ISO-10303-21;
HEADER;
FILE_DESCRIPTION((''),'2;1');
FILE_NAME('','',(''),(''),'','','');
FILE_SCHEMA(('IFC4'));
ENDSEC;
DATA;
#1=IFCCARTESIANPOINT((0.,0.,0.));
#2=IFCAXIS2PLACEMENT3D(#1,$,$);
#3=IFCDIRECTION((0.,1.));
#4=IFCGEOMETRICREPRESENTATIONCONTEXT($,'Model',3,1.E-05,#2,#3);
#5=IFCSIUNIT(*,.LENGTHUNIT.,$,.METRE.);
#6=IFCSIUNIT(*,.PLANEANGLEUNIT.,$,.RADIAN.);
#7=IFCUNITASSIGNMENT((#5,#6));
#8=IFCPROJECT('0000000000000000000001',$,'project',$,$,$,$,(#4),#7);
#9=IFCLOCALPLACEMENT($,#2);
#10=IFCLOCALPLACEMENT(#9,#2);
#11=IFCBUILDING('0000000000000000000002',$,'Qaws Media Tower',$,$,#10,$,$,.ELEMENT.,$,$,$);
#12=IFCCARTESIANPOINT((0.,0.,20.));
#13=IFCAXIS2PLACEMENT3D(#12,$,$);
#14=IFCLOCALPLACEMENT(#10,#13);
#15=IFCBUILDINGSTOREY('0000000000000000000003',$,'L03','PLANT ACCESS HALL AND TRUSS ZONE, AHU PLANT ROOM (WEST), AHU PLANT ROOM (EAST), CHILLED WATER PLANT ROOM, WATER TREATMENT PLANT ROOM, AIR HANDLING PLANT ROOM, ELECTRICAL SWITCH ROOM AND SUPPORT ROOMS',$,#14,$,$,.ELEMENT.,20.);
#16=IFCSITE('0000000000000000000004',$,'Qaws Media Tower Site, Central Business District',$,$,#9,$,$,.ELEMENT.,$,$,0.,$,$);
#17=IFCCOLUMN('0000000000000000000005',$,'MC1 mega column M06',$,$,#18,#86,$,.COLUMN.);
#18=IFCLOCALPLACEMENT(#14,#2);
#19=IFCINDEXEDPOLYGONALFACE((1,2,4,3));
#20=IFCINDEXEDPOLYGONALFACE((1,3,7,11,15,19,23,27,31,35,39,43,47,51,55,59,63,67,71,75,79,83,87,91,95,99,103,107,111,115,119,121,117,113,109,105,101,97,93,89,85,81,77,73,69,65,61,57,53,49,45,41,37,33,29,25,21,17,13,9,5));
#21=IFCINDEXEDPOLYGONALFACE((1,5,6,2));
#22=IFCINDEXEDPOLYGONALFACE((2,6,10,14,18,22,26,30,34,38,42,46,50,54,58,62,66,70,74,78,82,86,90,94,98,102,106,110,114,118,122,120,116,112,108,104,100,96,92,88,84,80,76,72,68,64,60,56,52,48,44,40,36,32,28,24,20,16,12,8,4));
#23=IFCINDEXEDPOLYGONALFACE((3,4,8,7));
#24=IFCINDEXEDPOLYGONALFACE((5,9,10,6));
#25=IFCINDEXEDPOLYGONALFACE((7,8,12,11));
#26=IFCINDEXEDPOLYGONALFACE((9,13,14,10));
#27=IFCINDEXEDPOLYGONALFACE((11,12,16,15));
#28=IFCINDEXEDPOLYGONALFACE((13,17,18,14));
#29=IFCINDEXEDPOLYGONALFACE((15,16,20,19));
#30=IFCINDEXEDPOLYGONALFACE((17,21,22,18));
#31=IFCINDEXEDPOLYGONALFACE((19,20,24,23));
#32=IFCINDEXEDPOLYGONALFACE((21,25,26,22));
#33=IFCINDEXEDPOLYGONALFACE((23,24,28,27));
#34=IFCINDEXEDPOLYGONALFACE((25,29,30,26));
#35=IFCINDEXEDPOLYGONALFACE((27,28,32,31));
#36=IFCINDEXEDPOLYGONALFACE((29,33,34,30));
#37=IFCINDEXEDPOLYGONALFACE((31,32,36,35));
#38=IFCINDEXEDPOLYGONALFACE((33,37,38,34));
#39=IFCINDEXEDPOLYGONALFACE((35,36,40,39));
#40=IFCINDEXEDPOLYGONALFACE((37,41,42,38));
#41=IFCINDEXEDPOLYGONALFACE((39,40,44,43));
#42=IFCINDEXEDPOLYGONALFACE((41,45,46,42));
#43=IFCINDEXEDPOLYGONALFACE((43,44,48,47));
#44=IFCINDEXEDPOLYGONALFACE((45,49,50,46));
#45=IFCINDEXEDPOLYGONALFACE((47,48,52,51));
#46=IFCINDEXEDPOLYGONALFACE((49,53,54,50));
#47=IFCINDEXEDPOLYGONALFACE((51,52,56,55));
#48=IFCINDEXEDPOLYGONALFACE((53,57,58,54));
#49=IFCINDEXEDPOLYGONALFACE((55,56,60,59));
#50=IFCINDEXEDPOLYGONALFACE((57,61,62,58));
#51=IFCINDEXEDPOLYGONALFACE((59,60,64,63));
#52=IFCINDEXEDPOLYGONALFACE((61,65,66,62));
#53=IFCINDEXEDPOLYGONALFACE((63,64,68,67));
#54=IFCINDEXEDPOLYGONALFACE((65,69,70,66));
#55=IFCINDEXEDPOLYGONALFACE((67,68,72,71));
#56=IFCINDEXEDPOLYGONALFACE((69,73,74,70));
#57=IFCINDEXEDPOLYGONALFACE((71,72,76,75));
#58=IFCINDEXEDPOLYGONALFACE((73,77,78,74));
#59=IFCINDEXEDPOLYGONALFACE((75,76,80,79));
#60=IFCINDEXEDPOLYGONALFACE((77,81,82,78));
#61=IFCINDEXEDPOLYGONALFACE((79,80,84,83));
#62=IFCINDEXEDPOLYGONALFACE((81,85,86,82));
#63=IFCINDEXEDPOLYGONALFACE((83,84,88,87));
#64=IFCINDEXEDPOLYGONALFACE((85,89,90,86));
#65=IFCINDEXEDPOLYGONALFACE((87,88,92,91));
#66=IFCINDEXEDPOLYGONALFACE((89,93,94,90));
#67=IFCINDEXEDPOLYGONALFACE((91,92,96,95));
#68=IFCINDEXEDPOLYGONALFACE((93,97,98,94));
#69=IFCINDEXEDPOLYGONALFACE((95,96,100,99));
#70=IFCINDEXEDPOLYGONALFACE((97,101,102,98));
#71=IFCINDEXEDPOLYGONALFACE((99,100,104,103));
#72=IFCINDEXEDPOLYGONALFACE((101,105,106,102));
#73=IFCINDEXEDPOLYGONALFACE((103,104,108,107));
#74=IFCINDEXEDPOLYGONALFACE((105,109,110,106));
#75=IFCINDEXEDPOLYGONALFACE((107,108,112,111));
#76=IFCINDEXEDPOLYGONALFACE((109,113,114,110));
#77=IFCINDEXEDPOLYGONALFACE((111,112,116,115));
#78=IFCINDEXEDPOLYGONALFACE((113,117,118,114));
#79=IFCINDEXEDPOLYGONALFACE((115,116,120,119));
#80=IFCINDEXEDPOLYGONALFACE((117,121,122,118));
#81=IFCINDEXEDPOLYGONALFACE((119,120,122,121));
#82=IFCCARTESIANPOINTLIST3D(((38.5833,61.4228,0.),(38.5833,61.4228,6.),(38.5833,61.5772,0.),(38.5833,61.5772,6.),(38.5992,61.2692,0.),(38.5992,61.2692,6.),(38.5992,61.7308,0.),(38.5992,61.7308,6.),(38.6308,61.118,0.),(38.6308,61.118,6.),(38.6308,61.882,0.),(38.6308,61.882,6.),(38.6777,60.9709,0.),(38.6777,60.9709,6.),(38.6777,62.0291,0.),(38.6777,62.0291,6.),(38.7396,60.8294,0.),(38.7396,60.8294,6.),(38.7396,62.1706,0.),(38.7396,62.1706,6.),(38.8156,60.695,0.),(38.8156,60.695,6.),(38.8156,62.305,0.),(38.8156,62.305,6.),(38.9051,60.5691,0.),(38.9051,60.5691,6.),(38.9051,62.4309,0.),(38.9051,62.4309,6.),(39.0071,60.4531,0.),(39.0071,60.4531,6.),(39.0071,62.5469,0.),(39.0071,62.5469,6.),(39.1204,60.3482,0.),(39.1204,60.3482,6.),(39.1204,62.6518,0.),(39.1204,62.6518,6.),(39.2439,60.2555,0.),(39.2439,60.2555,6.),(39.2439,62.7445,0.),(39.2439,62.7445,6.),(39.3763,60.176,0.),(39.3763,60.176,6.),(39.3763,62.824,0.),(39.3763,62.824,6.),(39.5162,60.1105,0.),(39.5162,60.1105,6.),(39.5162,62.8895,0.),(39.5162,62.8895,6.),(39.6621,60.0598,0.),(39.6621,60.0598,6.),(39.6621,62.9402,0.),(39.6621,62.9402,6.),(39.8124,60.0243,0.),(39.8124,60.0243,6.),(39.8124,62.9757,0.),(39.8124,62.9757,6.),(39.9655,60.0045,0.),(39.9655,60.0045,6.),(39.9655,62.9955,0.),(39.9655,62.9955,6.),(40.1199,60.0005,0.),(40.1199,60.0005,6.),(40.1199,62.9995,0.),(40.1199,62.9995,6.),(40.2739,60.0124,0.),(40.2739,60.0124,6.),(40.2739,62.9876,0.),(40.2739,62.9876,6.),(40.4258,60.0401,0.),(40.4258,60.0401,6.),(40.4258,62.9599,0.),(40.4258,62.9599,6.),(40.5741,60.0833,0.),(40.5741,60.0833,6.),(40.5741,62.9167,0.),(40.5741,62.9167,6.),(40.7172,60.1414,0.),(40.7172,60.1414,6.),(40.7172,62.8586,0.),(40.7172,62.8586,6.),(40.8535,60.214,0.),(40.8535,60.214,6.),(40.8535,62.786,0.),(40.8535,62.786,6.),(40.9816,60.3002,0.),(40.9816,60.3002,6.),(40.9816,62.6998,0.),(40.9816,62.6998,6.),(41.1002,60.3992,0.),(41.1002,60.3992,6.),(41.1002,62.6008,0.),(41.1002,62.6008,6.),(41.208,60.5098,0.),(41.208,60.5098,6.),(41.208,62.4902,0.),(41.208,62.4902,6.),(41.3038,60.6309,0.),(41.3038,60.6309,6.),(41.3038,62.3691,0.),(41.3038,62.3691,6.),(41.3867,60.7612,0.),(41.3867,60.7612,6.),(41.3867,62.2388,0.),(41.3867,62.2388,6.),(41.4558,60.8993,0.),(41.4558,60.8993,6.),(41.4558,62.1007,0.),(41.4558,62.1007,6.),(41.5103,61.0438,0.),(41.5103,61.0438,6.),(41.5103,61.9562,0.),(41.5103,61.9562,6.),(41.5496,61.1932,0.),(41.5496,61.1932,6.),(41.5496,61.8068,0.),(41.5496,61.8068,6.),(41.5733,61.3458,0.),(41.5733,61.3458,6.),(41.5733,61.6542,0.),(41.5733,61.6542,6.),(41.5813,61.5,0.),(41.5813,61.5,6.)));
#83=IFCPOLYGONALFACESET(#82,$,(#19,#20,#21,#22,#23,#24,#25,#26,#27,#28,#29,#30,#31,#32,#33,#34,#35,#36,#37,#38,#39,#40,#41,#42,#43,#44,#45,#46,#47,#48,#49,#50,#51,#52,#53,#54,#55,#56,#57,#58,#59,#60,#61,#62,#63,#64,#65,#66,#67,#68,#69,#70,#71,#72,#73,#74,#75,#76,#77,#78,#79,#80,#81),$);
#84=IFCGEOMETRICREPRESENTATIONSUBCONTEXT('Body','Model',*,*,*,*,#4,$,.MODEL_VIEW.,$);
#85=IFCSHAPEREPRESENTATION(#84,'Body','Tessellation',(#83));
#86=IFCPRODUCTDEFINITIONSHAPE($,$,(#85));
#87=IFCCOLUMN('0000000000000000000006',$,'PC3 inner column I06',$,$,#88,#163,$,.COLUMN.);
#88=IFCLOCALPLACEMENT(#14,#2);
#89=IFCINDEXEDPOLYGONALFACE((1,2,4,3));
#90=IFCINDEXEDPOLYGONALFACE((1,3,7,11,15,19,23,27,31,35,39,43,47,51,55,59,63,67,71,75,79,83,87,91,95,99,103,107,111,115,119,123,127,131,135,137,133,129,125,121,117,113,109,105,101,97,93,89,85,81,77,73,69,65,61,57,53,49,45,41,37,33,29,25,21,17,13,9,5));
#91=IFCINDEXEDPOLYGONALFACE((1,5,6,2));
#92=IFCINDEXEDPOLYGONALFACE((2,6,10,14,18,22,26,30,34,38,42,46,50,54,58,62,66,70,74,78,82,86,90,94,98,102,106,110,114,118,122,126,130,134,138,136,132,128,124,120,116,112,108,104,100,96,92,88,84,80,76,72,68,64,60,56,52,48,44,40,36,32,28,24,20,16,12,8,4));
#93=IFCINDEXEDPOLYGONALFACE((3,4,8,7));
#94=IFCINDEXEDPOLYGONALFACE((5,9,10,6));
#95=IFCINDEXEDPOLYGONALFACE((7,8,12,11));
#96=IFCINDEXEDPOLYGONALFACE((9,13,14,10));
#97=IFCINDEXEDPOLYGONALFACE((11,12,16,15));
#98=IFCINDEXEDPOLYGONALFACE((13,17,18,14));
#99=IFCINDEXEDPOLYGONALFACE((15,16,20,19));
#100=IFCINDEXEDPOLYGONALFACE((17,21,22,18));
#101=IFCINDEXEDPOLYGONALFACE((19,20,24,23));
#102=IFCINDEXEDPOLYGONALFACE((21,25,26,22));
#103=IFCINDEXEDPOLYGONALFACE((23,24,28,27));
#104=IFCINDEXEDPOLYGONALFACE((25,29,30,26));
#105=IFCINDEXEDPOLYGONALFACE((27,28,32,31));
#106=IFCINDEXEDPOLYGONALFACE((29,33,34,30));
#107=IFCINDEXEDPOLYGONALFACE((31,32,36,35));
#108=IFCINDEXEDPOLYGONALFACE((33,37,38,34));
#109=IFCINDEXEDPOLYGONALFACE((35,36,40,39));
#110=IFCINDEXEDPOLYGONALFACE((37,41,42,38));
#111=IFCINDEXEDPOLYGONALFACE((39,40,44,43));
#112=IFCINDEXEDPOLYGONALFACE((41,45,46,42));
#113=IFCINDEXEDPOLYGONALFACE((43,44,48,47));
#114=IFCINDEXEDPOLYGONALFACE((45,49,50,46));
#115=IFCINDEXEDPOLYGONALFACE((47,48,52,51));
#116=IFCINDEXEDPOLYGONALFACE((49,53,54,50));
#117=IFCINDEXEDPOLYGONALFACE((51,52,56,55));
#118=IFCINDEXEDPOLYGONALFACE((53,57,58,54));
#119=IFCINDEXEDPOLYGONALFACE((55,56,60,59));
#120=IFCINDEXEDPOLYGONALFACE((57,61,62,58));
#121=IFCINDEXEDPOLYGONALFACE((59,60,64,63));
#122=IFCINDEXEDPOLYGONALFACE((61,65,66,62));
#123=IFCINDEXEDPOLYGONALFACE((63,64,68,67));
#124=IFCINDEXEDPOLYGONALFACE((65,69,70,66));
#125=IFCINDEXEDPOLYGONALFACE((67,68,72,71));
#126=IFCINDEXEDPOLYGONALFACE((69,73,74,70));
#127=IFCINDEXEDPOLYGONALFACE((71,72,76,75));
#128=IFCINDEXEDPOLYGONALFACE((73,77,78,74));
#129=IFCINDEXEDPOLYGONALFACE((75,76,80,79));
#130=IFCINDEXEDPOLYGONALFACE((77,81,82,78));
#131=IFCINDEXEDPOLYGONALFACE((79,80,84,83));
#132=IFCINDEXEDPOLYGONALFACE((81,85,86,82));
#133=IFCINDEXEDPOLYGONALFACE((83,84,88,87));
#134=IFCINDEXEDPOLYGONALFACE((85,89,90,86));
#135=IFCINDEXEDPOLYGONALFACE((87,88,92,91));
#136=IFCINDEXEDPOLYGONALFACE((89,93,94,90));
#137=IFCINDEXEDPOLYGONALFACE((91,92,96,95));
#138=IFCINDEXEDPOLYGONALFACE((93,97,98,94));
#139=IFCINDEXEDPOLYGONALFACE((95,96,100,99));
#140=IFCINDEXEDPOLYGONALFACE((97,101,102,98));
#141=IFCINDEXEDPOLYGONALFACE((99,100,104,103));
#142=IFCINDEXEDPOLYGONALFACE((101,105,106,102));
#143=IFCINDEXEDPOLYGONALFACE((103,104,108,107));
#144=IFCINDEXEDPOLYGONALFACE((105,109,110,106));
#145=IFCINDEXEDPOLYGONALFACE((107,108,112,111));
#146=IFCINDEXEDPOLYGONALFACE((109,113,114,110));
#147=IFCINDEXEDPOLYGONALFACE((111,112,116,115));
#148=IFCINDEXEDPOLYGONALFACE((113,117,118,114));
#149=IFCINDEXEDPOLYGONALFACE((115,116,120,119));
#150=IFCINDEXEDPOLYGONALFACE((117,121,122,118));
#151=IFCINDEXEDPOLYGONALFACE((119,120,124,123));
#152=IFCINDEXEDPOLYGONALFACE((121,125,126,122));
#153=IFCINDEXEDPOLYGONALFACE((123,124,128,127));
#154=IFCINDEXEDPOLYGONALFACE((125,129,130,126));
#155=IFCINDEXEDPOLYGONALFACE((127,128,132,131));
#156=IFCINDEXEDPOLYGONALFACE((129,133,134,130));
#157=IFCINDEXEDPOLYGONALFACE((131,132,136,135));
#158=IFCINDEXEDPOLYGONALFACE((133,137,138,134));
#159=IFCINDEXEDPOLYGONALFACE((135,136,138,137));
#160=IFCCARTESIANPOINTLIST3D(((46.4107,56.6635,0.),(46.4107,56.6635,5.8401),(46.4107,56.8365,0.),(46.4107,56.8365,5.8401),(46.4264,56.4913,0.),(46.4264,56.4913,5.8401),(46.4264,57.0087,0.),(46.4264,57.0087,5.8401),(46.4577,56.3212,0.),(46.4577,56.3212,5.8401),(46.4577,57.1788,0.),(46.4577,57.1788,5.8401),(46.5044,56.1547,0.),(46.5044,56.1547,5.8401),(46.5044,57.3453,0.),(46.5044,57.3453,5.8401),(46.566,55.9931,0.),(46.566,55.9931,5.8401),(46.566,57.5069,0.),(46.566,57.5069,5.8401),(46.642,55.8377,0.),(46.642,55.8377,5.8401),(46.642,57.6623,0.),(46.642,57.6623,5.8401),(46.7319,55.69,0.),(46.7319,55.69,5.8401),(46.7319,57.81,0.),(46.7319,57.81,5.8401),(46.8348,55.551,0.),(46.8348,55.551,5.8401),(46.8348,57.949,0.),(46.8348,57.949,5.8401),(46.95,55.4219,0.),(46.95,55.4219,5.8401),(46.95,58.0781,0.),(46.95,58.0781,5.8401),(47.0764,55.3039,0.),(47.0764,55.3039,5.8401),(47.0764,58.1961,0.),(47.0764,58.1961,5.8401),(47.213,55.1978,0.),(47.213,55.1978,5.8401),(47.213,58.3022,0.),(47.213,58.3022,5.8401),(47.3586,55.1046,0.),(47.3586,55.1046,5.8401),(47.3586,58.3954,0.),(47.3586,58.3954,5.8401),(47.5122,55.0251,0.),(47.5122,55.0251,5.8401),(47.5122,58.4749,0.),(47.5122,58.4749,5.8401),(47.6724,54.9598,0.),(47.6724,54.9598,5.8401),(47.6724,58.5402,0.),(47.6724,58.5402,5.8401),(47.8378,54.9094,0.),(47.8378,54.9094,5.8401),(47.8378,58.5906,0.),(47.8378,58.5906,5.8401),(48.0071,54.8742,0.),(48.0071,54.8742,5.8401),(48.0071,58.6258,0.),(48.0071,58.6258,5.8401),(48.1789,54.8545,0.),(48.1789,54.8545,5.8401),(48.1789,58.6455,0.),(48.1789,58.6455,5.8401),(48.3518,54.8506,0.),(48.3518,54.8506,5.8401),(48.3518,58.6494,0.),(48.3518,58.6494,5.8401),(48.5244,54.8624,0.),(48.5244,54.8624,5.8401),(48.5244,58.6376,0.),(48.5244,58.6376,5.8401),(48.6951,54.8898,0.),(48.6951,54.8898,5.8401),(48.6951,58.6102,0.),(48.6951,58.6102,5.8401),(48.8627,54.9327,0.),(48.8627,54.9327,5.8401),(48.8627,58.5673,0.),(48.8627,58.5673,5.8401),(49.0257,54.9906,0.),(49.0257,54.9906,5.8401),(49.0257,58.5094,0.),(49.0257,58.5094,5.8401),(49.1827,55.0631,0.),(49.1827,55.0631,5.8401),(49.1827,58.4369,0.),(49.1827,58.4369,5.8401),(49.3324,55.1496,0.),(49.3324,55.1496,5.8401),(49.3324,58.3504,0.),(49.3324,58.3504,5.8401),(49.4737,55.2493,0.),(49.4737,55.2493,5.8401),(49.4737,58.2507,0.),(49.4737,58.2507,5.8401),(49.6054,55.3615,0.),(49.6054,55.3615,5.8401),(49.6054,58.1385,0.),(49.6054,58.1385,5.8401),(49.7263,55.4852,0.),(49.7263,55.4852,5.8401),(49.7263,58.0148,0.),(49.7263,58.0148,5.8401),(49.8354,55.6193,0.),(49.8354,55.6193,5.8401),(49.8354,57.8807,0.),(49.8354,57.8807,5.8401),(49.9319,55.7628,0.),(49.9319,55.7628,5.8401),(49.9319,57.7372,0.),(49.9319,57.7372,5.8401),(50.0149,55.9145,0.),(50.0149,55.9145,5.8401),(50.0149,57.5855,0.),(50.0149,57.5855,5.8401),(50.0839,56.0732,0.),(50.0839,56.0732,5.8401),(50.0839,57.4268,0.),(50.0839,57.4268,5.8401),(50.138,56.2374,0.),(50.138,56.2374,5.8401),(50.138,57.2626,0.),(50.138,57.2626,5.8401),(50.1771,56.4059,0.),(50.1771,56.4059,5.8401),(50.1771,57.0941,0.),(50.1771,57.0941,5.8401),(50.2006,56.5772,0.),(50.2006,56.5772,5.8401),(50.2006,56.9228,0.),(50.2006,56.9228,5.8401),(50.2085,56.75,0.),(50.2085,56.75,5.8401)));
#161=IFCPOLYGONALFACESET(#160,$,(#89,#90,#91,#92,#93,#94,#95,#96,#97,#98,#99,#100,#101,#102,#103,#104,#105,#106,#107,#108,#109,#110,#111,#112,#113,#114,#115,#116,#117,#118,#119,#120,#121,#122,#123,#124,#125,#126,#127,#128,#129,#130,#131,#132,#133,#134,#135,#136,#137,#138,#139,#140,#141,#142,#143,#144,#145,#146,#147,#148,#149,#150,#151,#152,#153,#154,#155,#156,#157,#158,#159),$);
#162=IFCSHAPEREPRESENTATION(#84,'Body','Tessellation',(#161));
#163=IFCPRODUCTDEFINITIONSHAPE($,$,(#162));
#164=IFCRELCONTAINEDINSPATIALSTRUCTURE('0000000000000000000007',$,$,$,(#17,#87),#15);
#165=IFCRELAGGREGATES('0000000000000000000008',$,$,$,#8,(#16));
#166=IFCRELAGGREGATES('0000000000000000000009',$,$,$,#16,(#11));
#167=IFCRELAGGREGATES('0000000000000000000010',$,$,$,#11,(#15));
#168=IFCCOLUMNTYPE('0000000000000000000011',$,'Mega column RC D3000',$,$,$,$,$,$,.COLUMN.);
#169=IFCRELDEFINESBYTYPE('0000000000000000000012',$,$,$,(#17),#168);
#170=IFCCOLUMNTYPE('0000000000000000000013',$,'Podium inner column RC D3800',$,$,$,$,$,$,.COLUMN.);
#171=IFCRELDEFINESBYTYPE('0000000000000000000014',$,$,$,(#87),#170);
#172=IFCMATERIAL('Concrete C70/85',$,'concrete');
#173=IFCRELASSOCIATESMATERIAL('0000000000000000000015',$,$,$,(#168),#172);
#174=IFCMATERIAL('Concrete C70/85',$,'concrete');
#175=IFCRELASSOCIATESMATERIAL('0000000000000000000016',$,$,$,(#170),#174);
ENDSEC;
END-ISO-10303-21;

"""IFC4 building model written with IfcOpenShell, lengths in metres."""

from ifc_helpers import new_model, si_unit, direction, frame, origin, origin_2d, place, context, subcontext, project, spatial, circle, extrude, material, material_profile, profile_set, type_object, element, save


model = new_model("IFC4")

# Units and contexts
model_context = context("Model", 3, precision=1e-05, world=origin(), true_north=direction((0.0, 1.0)))
body_context = subcontext(model_context, "Body", "Model", "MODEL_VIEW")
ifc_project = project(units=[si_unit("LENGTHUNIT", "METRE"), si_unit("PLANEANGLEUNIT", "RADIAN")], contexts=[model_context])

# Site, building, storey
site_placement = place(None, origin())
site = spatial("IfcSite", under=ifc_project, at=site_placement, Name="Qaws Media Tower Site, Central Business District", CompositionType="ELEMENT", RefElevation=0.0)
building_placement = place(site_placement, origin())
building = spatial("IfcBuilding", under=site, at=building_placement, Name="Qaws Media Tower", CompositionType="ELEMENT")
storey_placement = place(building_placement, frame((0.0, 0.0, 20.0)))
storey = spatial("IfcBuildingStorey", under=building, at=storey_placement, Name="L03", Description="PLANT ACCESS HALL AND TRUSS ZONE, AHU PLANT ROOM (WEST), AHU PLANT ROOM (EAST), CHILLED WATER PLANT ROOM, WATER TREATMENT PLANT ROOM, AIR HANDLING PLANT ROOM, ELECTRICAL SWITCH ROOM AND SUPPORT ROOMS", CompositionType="ELEMENT", Elevation=20.0)

# Columns
ifc_material_1 = material(Name="Concrete C70/85", Category="concrete")
ifc_material_profile_1 = material_profile(ifc_material_1, circle(Radius=1.5, at=origin_2d()), Name="RC D3000")
ifc_profile_set_1 = profile_set([ifc_material_profile_1], Name="Concrete C70/85")
column_type_1 = type_object("IfcColumnType", Name="Mega column RC D3000", PredefinedType="COLUMN", material=ifc_profile_set_1)
column_1_placement = place(storey_placement, frame((40.0813, 61.5, 0.0), z_axis=(0.0, 0.0, 1.0), x_axis=(1.0, 0.0, 0.0)))
element("IfcColumn", 1, at=column_1_placement, inside=storey, type_object=column_type_1, Name="MC1 mega column M06", PredefinedType="COLUMN", context=body_context, shape_type="SweptSolid", body=[
    extrude(circle(Radius=1.5, at=origin_2d()), origin(), (0.0, 0.0, 1.0), 6.0),
])
ifc_material_2 = material(Name="Concrete C70/85", Category="concrete")
ifc_material_profile_2 = material_profile(ifc_material_2, circle(Radius=1.8999, at=origin_2d()), Name="RC D3800")
ifc_profile_set_2 = profile_set([ifc_material_profile_2], Name="Concrete C70/85")
column_type_2 = type_object("IfcColumnType", Name="Podium inner column RC D3800", PredefinedType="COLUMN", material=ifc_profile_set_2)
column_2_placement = place(storey_placement, frame((48.3086, 56.75, 0.0), z_axis=(0.0, 0.0, 1.0), x_axis=(1.0, 0.0, 0.0)))
element("IfcColumn", 2, at=column_2_placement, inside=storey, type_object=column_type_2, Name="PC3 inner column I06", PredefinedType="COLUMN", context=body_context, shape_type="SweptSolid", body=[
    extrude(circle(Radius=1.8999, at=origin_2d()), origin(), (0.0, 0.0, 1.0), 5.8401),
])

save(model, "model.ifc")
